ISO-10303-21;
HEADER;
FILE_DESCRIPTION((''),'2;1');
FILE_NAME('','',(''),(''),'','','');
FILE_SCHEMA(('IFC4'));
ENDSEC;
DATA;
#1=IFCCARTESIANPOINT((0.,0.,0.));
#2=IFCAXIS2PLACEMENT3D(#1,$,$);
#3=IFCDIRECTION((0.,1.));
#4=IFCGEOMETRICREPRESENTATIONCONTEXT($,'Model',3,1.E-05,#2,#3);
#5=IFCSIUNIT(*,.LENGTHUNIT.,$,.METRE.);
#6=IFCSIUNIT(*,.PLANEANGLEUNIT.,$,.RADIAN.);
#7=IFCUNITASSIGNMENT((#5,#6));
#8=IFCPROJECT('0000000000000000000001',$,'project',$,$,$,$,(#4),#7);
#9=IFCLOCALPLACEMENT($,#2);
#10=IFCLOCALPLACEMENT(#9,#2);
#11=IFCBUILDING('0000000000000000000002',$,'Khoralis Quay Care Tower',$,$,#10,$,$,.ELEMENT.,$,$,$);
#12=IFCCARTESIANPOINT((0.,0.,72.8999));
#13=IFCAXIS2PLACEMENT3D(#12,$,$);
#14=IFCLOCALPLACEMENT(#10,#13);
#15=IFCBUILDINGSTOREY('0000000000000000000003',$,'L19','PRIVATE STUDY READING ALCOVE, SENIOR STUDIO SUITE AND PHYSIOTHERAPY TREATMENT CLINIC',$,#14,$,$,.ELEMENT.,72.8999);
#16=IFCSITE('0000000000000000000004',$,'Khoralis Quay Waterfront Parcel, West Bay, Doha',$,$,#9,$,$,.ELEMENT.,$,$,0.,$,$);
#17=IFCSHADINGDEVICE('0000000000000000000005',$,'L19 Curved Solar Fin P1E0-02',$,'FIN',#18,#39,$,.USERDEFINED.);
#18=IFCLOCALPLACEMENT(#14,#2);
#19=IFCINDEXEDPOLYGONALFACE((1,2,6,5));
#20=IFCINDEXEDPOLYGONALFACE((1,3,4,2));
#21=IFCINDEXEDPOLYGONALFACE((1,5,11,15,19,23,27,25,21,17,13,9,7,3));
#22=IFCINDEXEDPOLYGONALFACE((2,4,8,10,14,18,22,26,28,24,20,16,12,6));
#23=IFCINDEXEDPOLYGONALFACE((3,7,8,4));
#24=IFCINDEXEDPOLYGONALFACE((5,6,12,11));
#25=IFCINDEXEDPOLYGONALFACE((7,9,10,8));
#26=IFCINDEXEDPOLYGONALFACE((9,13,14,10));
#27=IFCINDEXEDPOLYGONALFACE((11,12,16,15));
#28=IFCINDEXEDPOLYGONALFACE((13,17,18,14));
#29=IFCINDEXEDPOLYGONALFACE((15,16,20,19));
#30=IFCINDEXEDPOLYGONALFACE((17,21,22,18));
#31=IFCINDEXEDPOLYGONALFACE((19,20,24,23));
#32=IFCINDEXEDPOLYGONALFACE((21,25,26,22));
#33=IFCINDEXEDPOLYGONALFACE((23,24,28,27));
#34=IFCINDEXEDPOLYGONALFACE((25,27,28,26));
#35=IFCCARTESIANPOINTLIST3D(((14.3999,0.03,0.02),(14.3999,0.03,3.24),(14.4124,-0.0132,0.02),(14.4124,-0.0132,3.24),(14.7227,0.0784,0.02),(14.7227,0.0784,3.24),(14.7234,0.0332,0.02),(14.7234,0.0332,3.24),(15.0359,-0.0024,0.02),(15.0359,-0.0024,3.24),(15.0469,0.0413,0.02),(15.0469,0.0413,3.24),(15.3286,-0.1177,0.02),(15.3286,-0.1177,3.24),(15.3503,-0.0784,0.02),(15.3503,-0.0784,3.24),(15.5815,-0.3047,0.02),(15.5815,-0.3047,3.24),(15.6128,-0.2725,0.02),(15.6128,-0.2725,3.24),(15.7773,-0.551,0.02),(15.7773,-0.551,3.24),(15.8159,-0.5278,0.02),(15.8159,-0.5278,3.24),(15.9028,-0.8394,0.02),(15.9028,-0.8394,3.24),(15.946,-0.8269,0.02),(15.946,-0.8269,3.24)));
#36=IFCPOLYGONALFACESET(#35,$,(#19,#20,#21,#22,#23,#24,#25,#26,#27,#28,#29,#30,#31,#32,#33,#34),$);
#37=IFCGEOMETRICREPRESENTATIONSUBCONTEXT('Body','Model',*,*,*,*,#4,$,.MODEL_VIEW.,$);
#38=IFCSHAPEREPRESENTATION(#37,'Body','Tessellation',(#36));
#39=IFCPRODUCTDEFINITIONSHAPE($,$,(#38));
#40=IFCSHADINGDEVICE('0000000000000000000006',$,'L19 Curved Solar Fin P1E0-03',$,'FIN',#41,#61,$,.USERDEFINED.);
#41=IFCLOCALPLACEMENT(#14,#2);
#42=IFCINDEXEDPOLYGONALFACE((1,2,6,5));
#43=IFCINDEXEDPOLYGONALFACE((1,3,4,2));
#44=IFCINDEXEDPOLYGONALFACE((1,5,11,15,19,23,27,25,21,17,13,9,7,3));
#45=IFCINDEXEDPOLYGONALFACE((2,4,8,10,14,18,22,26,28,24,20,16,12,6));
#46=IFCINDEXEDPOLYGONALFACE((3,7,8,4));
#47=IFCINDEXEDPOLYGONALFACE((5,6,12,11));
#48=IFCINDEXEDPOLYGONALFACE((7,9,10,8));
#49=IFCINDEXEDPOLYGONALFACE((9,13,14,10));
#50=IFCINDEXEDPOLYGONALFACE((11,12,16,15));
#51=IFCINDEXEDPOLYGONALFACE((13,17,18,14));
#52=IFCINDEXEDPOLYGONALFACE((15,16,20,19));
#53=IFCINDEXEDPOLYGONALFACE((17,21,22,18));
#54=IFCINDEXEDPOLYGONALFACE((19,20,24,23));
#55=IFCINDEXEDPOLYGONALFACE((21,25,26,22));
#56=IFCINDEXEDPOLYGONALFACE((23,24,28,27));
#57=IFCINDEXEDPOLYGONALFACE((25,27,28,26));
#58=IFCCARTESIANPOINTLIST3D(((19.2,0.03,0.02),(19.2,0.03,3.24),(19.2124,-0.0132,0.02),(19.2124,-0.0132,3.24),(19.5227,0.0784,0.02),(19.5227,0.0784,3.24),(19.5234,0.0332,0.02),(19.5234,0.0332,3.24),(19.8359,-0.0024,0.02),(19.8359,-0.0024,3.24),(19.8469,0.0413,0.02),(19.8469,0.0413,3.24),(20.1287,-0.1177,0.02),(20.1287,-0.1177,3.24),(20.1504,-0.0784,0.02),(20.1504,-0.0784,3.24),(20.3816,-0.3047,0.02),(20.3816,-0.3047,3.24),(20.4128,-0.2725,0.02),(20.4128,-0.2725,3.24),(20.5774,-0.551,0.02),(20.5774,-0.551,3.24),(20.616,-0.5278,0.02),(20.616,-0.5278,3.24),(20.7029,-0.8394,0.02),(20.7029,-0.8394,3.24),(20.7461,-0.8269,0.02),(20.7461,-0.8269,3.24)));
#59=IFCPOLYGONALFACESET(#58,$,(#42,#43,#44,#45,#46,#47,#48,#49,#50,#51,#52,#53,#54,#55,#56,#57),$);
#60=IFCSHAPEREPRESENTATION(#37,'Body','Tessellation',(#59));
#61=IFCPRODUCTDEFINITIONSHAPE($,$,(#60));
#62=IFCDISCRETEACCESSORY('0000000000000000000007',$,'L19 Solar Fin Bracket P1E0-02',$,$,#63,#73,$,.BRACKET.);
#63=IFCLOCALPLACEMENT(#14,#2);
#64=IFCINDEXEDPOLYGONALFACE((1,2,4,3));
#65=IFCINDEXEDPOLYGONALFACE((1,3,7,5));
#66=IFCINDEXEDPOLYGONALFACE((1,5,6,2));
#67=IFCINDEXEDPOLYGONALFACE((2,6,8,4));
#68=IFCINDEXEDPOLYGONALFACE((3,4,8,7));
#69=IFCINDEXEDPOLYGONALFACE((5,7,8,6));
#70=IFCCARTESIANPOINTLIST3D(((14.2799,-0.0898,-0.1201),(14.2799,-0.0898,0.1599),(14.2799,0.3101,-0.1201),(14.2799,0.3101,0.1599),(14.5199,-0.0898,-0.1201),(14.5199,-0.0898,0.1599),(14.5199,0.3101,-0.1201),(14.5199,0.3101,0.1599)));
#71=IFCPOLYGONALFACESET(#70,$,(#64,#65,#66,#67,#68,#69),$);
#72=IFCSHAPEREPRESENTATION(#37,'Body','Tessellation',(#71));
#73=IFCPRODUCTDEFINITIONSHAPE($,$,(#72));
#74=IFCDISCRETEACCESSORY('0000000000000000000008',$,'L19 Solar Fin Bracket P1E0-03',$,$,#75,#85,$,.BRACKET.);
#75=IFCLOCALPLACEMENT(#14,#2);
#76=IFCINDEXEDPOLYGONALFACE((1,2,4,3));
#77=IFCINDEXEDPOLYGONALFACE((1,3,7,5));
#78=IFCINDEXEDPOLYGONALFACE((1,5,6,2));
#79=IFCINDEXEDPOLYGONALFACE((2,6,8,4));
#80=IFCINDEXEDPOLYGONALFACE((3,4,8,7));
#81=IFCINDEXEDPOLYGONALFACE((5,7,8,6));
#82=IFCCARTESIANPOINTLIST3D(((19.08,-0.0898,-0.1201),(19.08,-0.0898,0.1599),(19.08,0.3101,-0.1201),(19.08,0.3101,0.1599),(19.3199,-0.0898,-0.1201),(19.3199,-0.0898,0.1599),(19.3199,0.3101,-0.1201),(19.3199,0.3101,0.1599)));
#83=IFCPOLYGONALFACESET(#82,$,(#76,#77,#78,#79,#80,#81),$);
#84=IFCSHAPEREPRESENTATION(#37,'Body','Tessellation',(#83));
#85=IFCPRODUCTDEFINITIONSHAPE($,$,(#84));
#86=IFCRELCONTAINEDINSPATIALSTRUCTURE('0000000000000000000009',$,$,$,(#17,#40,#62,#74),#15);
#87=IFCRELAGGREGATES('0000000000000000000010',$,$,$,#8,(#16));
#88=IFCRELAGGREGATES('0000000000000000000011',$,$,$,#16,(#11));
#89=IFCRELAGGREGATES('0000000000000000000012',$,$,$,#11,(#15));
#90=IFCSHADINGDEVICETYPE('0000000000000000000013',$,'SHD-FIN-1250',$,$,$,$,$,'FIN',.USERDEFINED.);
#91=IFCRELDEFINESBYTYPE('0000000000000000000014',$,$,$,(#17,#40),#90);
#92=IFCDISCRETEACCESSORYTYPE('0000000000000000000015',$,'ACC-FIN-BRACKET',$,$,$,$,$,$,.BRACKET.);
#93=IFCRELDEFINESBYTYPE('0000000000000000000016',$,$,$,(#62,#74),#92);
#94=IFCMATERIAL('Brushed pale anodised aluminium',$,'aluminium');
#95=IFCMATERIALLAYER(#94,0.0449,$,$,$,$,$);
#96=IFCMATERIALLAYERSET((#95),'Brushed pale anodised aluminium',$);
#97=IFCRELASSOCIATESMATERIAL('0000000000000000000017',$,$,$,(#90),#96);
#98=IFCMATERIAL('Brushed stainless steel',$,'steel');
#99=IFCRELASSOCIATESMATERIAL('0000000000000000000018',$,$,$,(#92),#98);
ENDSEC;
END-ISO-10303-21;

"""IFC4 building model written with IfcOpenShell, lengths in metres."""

from ifc_helpers import new_model, si_unit, direction, frame, origin, origin_2d, place, context, subcontext, project, spatial, polyline, rectangle, outline, extrude, source, transform, mapped, material, layer, layer_set, type_object, element, save


model = new_model("IFC4")

# Units and contexts
model_context = context("Model", 3, precision=1e-05, world=origin(), true_north=direction((0.0, 1.0)))
body_context = subcontext(model_context, "Body", "Model", "MODEL_VIEW")
ifc_project = project(units=[si_unit("LENGTHUNIT", "METRE"), si_unit("PLANEANGLEUNIT", "RADIAN")], contexts=[model_context])

# Site, building, storey
site_placement = place(None, origin())
site = spatial("IfcSite", under=ifc_project, at=site_placement, Name="Khoralis Quay Waterfront Parcel, West Bay, Doha", CompositionType="ELEMENT", RefElevation=0.0)
building_placement = place(site_placement, origin())
building = spatial("IfcBuilding", under=site, at=building_placement, Name="Khoralis Quay Care Tower", CompositionType="ELEMENT")
storey_placement = place(building_placement, frame((0.0, 0.0, 72.8999)))
storey = spatial("IfcBuildingStorey", under=building, at=storey_placement, Name="L19", Description="PRIVATE STUDY READING ALCOVE, SENIOR STUDIO SUITE AND PHYSIOTHERAPY TREATMENT CLINIC", CompositionType="ELEMENT", Elevation=72.8999)

# Shading devices
ifc_material_1 = material(Name="Brushed pale anodised aluminium", Category="aluminium")
ifc_layer_1 = layer(ifc_material_1, 0.0449)
ifc_layer_set_1 = layer_set([ifc_layer_1], Name="Brushed pale anodised aluminium")
shading_device_type = type_object("IfcShadingDeviceType", Name="SHD-FIN-1250", ElementType="FIN", PredefinedType="USERDEFINED", material=ifc_layer_set_1)
shared_shape_1 = source(origin(), body_context, "Body", "SweptSolid", [
    extrude(outline(polyline([(0.0, 0.0), (-0.0483, 0.3228), (-0.0112, 0.647), (0.1084, 0.9504), (0.3025, 1.2129), (0.5579, 1.416), (0.8569, 1.5461), (0.8694, 1.5029), (0.5811, 1.3774), (0.3347, 1.1816), (0.1477, 0.9287), (0.0325, 0.636), (-0.0032, 0.3235), (0.0432, 0.0125), (0.0, 0.0)])), origin(), (0.0, 0.0, 1.0), 3.22),
])
for number, where, z_axis, x_axis, name in (
    (1, (14.3999, 0.03, 0.02), (0.0, 0.0, 1.0), (0.0, -1.0, 0.0), "L19 Curved Solar Fin P1E0-02"),
    (2, (19.2, 0.03, 0.02), (0.0, 0.0, 1.0), (0.0, -1.0, 0.0), "L19 Curved Solar Fin P1E0-03"),
):
    element("IfcShadingDevice", number, at=place(storey_placement, frame(where, z_axis=z_axis, x_axis=x_axis)), inside=storey, type_object=shading_device_type, Name=name, ObjectType="FIN", PredefinedType="USERDEFINED", context=body_context, shape_type="MappedRepresentation", body=[
        mapped(shared_shape_1, transform((0.0, 0.0, 0.0), scale=1.0)),
    ])

# Discrete accessories
ifc_material_2 = material(Name="Brushed stainless steel", Category="steel")
discrete_accessory_type = type_object("IfcDiscreteAccessoryType", Name="ACC-FIN-BRACKET", PredefinedType="BRACKET", material=ifc_material_2)
shared_shape_2 = source(origin(), body_context, "Body", "SweptSolid", [
    extrude(rectangle(XDim=0.3999, YDim=0.24, at=origin_2d()), origin(), (0.0, 0.0, 1.0), 0.28),
])
for number, where, z_axis, x_axis, name in (
    (3, (14.3999, 0.1101, -0.1201), (0.0, 0.0, 1.0), (0.0, -1.0, 0.0), "L19 Solar Fin Bracket P1E0-02"),
    (4, (19.2, 0.1101, -0.1201), (0.0, 0.0, 1.0), (0.0, -1.0, 0.0), "L19 Solar Fin Bracket P1E0-03"),
):
    element("IfcDiscreteAccessory", number, at=place(storey_placement, frame(where, z_axis=z_axis, x_axis=x_axis)), inside=storey, type_object=discrete_accessory_type, Name=name, PredefinedType="BRACKET", context=body_context, shape_type="MappedRepresentation", body=[
        mapped(shared_shape_2, transform((0.0, 0.0, 0.0), scale=1.0)),
    ])

save(model, "model.ifc")
